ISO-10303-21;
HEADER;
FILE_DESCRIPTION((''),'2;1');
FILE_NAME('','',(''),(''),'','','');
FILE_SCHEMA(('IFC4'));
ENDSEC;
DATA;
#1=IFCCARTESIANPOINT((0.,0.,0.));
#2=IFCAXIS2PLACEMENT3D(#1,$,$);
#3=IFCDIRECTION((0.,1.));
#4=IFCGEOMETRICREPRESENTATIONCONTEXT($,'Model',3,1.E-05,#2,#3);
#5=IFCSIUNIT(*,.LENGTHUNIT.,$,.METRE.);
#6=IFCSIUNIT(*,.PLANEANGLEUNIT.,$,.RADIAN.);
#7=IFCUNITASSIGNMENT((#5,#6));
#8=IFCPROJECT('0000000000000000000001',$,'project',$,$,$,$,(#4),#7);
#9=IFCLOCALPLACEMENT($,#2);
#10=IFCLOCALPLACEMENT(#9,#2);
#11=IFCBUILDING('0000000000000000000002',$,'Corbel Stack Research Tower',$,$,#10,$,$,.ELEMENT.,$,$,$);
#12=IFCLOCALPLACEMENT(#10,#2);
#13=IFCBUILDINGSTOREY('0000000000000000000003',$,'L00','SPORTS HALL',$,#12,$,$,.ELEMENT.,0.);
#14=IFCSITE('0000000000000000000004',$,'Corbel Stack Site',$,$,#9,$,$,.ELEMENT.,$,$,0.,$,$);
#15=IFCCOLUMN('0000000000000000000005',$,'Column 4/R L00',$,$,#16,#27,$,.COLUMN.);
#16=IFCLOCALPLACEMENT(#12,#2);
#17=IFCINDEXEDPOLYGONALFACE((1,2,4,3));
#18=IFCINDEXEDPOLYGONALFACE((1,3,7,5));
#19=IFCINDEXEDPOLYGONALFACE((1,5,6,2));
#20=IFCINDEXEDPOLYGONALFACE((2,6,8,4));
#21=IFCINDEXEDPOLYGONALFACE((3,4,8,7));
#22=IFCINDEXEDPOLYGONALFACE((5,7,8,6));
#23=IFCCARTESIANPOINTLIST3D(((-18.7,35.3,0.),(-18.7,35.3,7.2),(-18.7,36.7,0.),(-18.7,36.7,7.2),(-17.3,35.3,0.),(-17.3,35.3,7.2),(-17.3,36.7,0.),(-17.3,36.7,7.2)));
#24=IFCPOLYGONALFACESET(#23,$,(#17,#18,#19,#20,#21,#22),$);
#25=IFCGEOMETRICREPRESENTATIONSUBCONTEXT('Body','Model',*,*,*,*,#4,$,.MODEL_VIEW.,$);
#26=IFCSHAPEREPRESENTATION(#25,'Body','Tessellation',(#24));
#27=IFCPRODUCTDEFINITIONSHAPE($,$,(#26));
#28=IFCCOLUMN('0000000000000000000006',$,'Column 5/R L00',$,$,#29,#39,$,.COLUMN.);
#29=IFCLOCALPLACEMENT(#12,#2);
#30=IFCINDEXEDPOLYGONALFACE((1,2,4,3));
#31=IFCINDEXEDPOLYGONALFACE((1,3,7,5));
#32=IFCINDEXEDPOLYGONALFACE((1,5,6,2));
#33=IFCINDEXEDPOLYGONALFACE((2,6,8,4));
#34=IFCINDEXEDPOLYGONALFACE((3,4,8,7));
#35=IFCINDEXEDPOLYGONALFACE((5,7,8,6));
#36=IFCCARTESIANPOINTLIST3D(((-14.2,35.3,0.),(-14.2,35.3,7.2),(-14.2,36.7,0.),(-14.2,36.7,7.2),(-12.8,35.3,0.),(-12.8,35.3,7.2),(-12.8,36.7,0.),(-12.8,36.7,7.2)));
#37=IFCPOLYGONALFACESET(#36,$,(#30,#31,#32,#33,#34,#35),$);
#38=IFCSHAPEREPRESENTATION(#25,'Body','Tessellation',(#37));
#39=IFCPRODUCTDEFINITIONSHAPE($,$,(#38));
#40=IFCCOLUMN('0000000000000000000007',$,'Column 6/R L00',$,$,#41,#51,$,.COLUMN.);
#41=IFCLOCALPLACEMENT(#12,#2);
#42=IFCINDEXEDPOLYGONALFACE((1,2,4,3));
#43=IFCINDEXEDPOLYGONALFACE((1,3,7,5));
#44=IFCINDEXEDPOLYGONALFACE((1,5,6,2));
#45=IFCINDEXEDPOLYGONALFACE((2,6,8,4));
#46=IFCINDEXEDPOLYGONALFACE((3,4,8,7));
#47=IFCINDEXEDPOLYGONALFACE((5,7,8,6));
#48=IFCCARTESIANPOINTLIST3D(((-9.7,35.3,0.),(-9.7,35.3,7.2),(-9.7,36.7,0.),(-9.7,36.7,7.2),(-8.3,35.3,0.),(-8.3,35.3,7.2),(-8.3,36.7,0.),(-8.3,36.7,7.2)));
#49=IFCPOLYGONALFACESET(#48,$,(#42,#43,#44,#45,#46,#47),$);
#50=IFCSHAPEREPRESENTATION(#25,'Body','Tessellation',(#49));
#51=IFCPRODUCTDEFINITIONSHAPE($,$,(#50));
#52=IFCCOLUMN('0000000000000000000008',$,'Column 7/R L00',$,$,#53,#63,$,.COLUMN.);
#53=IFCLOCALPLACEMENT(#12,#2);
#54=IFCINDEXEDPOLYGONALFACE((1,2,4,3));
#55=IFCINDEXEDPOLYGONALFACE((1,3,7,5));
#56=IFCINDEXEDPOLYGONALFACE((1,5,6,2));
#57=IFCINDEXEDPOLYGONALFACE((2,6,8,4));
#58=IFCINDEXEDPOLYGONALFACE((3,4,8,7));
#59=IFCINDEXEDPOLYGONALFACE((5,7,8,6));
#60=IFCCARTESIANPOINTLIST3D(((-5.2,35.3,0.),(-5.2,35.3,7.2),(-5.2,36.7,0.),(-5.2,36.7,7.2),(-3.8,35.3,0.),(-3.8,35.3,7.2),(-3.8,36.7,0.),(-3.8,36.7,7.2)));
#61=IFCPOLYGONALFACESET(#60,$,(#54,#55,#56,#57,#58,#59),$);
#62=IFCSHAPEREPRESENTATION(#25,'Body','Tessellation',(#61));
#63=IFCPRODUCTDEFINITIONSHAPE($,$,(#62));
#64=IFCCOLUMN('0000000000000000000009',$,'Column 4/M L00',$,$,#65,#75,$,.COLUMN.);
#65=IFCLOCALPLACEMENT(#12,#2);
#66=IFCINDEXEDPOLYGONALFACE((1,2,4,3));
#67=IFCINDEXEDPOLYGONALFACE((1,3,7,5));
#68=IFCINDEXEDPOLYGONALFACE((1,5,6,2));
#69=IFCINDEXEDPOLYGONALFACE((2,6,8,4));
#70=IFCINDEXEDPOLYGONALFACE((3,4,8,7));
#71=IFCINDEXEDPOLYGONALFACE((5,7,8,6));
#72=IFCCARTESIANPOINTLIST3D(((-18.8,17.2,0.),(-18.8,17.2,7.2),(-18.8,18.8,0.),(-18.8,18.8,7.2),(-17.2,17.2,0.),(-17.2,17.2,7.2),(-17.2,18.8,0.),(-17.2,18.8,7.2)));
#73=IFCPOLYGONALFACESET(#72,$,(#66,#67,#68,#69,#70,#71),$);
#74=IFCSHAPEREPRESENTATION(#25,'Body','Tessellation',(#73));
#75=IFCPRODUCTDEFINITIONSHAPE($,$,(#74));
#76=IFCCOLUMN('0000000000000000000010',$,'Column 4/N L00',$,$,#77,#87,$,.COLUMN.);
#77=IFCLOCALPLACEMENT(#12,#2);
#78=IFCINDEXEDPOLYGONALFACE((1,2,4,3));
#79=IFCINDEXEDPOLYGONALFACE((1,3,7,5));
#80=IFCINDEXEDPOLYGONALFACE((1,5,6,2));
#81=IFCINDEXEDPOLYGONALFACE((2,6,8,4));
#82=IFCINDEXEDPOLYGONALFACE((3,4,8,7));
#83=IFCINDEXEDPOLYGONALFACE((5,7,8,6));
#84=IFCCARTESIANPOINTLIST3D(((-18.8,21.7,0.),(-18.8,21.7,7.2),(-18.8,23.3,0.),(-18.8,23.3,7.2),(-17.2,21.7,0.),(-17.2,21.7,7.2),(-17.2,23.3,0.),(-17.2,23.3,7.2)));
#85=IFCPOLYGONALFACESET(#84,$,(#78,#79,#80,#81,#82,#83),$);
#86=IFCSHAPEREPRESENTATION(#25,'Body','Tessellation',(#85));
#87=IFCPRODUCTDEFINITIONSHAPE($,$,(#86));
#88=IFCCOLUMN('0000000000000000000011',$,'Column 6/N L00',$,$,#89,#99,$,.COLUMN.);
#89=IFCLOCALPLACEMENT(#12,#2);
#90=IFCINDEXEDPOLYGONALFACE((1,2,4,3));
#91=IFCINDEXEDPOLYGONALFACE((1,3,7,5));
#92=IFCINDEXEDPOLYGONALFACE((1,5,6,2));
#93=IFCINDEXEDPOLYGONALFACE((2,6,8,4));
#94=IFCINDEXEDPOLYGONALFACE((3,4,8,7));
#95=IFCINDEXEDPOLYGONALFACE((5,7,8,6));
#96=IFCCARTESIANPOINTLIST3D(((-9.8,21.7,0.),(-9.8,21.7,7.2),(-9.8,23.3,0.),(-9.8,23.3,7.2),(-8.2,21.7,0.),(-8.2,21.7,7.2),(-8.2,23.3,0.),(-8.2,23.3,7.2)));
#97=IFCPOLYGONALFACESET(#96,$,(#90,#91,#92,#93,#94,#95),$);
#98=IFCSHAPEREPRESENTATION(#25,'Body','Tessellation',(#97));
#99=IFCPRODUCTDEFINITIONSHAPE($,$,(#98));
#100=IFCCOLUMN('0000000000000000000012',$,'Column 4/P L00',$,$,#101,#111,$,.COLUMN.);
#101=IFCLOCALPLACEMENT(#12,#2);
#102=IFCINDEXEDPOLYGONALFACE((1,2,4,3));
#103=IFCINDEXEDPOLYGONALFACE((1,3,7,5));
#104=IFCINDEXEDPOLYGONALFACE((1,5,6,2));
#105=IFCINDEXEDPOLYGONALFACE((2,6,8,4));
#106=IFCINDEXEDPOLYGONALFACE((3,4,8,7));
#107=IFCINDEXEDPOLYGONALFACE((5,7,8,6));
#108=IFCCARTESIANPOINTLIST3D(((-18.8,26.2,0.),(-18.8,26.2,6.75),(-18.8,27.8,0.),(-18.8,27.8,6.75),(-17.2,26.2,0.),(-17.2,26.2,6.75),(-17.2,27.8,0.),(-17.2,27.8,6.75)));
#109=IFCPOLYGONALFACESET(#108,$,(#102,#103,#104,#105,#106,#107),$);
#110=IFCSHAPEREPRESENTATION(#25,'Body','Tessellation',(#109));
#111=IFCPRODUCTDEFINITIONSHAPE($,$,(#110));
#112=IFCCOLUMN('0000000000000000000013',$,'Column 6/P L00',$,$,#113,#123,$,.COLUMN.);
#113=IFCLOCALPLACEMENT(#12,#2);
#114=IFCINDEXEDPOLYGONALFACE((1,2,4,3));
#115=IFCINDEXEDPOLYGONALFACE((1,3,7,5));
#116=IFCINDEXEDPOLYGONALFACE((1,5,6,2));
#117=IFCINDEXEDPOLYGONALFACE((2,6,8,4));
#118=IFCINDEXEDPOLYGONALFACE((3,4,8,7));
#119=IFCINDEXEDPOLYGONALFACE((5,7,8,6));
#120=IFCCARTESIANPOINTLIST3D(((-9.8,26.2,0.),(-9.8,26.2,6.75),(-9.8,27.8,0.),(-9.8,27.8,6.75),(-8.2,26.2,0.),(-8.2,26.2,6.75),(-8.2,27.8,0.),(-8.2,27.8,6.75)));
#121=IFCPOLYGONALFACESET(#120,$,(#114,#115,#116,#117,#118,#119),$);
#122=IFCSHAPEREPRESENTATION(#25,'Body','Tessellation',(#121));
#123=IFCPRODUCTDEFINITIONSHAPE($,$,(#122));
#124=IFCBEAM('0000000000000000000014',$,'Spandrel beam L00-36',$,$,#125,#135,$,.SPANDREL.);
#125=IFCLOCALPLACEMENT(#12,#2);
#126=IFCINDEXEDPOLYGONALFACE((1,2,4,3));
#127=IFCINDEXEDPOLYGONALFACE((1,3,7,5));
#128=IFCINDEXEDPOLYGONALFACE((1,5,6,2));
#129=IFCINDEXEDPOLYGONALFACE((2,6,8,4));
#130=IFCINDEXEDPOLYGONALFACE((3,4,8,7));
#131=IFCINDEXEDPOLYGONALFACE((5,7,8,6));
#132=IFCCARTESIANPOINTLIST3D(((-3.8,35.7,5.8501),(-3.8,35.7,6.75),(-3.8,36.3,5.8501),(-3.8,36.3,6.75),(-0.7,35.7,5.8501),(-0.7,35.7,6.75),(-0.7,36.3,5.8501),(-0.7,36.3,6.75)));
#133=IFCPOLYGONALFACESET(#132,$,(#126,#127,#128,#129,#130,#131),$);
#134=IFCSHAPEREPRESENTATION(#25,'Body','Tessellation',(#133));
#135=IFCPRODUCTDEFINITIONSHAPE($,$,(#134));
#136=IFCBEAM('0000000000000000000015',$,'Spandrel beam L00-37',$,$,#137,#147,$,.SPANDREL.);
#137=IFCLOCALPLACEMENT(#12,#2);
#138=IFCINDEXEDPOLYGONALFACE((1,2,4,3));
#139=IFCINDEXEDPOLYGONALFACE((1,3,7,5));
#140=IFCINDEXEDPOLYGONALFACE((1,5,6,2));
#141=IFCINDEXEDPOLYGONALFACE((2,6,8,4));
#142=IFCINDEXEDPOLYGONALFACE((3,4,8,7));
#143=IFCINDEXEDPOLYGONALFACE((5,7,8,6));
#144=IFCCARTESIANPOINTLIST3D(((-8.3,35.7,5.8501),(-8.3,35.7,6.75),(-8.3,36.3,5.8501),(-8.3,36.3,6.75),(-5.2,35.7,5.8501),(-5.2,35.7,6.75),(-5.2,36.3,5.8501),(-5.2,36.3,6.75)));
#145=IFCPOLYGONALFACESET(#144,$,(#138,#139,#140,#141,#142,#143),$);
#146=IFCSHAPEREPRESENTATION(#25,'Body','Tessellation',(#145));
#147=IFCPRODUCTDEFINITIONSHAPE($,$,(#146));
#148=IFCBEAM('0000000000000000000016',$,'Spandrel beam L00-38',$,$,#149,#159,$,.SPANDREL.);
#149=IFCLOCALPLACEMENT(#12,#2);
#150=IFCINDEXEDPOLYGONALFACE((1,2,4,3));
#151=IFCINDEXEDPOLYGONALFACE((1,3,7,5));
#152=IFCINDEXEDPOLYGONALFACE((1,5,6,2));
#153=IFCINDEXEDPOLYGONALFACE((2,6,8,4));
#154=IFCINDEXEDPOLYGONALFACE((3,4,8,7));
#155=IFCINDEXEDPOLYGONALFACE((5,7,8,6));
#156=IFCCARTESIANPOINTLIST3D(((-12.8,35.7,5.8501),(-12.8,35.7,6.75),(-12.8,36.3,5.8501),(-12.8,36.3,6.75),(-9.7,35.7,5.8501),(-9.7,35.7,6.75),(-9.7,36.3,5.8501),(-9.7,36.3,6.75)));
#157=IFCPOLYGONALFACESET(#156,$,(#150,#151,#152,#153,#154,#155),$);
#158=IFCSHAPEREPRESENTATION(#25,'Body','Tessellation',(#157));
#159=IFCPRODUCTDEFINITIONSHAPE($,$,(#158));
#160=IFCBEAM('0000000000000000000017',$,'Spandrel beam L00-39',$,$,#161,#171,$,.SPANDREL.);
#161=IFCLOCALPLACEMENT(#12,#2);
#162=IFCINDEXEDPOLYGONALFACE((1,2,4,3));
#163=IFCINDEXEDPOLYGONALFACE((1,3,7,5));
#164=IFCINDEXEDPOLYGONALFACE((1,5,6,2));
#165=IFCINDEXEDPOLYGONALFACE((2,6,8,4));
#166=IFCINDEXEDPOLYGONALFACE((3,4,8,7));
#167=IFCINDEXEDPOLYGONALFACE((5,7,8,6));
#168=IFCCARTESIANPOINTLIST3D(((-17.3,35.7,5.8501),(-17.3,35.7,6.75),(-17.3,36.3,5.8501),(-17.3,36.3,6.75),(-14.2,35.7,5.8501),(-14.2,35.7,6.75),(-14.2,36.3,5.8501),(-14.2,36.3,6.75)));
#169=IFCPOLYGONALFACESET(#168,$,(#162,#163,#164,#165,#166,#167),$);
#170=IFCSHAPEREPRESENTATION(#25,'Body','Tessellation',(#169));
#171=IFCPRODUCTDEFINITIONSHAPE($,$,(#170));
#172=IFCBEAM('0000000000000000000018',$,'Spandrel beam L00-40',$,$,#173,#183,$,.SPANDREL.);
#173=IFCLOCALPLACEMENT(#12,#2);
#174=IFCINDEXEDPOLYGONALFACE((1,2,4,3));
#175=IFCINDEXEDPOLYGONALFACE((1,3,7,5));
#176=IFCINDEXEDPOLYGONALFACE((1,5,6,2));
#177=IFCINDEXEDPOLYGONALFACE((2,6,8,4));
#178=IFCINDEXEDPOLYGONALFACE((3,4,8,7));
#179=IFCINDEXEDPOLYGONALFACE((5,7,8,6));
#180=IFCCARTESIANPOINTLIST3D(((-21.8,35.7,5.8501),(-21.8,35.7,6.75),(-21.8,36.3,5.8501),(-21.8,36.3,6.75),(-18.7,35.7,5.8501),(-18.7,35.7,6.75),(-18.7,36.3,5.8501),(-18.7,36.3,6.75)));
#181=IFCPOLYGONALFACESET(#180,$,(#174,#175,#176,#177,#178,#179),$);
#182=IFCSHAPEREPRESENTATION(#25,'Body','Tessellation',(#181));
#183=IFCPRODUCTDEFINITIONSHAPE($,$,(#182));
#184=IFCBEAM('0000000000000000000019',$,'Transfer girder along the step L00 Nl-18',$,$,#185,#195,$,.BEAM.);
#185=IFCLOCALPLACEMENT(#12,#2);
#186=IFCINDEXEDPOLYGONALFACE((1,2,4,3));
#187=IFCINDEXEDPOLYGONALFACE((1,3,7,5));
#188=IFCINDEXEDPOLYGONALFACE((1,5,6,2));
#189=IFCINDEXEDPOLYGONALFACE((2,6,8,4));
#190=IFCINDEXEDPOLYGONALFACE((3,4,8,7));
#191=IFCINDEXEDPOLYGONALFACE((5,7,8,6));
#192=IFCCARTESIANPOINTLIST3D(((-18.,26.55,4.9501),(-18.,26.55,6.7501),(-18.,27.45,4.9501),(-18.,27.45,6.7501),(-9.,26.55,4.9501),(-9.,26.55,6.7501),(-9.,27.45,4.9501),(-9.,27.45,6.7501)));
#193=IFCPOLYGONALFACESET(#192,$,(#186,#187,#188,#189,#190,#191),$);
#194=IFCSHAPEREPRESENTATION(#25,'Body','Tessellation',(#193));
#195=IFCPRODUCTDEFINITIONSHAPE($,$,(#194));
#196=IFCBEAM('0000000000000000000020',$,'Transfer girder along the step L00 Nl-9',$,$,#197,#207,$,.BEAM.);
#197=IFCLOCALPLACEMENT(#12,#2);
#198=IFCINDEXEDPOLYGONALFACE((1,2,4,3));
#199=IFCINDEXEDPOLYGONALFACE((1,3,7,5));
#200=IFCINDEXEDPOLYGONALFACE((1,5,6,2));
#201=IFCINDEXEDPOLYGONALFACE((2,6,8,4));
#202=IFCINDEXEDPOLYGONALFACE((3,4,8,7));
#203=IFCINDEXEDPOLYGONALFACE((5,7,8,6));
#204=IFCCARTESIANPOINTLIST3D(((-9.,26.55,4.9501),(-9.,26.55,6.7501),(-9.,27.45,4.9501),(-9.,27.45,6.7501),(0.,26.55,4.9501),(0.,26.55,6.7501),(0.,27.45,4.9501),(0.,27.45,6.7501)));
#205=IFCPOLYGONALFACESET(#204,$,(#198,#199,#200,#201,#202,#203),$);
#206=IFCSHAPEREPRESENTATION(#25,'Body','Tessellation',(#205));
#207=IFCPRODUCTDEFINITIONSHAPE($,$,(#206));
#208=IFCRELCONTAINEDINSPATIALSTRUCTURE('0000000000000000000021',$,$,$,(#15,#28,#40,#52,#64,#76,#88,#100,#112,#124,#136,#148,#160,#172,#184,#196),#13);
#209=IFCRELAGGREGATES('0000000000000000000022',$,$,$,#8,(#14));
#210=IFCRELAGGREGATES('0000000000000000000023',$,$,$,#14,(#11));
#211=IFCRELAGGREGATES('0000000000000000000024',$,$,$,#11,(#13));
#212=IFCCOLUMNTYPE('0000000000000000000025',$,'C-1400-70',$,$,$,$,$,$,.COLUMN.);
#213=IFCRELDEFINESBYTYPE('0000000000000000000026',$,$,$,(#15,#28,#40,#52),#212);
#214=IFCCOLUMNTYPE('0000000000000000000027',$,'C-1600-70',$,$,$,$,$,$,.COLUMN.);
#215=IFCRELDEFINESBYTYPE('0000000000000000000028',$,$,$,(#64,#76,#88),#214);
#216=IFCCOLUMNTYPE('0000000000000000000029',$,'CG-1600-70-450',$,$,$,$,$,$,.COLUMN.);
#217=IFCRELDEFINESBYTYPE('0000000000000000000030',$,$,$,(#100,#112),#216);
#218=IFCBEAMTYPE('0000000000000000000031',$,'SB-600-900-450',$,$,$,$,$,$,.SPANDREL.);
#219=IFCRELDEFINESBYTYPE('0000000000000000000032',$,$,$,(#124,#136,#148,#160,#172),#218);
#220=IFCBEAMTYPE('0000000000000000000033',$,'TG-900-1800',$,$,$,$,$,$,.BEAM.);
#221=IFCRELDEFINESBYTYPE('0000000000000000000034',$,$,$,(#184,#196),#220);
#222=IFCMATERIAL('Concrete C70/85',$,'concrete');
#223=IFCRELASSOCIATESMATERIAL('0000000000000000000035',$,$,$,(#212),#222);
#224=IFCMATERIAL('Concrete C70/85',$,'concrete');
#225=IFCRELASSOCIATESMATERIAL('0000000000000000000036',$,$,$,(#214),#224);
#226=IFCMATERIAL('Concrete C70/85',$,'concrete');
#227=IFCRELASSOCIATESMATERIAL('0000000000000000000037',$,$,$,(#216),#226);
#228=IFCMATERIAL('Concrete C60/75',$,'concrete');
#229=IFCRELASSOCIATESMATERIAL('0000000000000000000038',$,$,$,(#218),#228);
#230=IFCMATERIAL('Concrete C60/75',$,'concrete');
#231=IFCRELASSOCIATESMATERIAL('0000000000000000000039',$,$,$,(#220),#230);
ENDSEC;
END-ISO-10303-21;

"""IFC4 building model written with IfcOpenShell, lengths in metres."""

from ifc_helpers import new_model, si_unit, direction, frame, origin, origin_2d, place, context, subcontext, project, spatial, rectangle, extrude, material, material_profile, profile_set, type_object, element, save


model = new_model("IFC4")

# Units and contexts
model_context = context("Model", 3, precision=1e-05, world=origin(), true_north=direction((0.0, 1.0)))
body_context = subcontext(model_context, "Body", "Model", "MODEL_VIEW")
ifc_project = project(units=[si_unit("LENGTHUNIT", "METRE"), si_unit("PLANEANGLEUNIT", "RADIAN")], contexts=[model_context])

# Site, building, storey
site_placement = place(None, origin())
site = spatial("IfcSite", under=ifc_project, at=site_placement, Name="Corbel Stack Site", CompositionType="ELEMENT", RefElevation=0.0)
building_placement = place(site_placement, origin())
building = spatial("IfcBuilding", under=site, at=building_placement, Name="Corbel Stack Research Tower", CompositionType="ELEMENT")
storey_placement = place(building_placement, origin())
storey = spatial("IfcBuildingStorey", under=building, at=storey_placement, Name="L00", Description="SPORTS HALL", CompositionType="ELEMENT", Elevation=0.0)

# Columns
ifc_material_1 = material(Name="Concrete C70/85", Category="concrete")
ifc_material_profile_1 = material_profile(ifc_material_1, rectangle(XDim=1.3999, YDim=1.3999, at=origin_2d()), Name="RC 1400 x 1400")
ifc_profile_set_1 = profile_set([ifc_material_profile_1], Name="Concrete C70/85")
column_type_1 = type_object("IfcColumnType", Name="C-1400-70", PredefinedType="COLUMN", material=ifc_profile_set_1)
for number, where, z_axis, x_axis, name in (
    (1, (-18.0, 36.0, 0.0), (0.0, 0.0, 1.0), (1.0, 0.0, 0.0), "Column 4/R L00"),
    (2, (-13.5, 36.0, 0.0), (0.0, 0.0, 1.0), (1.0, 0.0, 0.0), "Column 5/R L00"),
    (3, (-9.0, 36.0, 0.0), (0.0, 0.0, 1.0), (1.0, 0.0, 0.0), "Column 6/R L00"),
    (4, (-4.5, 36.0, 0.0), (0.0, 0.0, 1.0), (1.0, 0.0, 0.0), "Column 7/R L00"),
):
    element("IfcColumn", number, at=place(storey_placement, frame(where, z_axis=z_axis, x_axis=x_axis)), inside=storey, type_object=column_type_1, Name=name, PredefinedType="COLUMN", context=body_context, shape_type="SweptSolid", body=[
        extrude(rectangle(XDim=1.3999, YDim=1.3999, at=origin_2d()), origin(), (0.0, 0.0, 1.0), 7.2),
    ])
ifc_material_2 = material(Name="Concrete C70/85", Category="concrete")
ifc_material_profile_2 = material_profile(ifc_material_2, rectangle(XDim=1.6001, YDim=1.6001, at=origin_2d()), Name="RC 1600 x 1600")
ifc_profile_set_2 = profile_set([ifc_material_profile_2], Name="Concrete C70/85")
column_type_2 = type_object("IfcColumnType", Name="C-1600-70", PredefinedType="COLUMN", material=ifc_profile_set_2)
for number, where, z_axis, x_axis, name in (
    (5, (-18.0, 18.0, 0.0), (0.0, 0.0, 1.0), (1.0, 0.0, 0.0), "Column 4/M L00"),
    (6, (-18.0, 22.5, 0.0), (0.0, 0.0, 1.0), (1.0, 0.0, 0.0), "Column 4/N L00"),
    (7, (-9.0, 22.5, 0.0), (0.0, 0.0, 1.0), (1.0, 0.0, 0.0), "Column 6/N L00"),
):
    element("IfcColumn", number, at=place(storey_placement, frame(where, z_axis=z_axis, x_axis=x_axis)), inside=storey, type_object=column_type_2, Name=name, PredefinedType="COLUMN", context=body_context, shape_type="SweptSolid", body=[
        extrude(rectangle(XDim=1.6001, YDim=1.6001, at=origin_2d()), origin(), (0.0, 0.0, 1.0), 7.2),
    ])
ifc_material_3 = material(Name="Concrete C70/85", Category="concrete")
ifc_material_profile_3 = material_profile(ifc_material_3, rectangle(XDim=1.6001, YDim=1.6001, at=origin_2d()), Name="RC 1600 x 1600")
ifc_profile_set_3 = profile_set([ifc_material_profile_3], Name="Concrete C70/85")
column_type_3 = type_object("IfcColumnType", Name="CG-1600-70-450", PredefinedType="COLUMN", material=ifc_profile_set_3)
for number, where, z_axis, x_axis, name in (
    (8, (-18.0, 27.0, 0.0), (0.0, 0.0, 1.0), (1.0, 0.0, 0.0), "Column 4/P L00"),
    (9, (-9.0, 27.0, 0.0), (0.0, 0.0, 1.0), (1.0, 0.0, 0.0), "Column 6/P L00"),
):
    element("IfcColumn", number, at=place(storey_placement, frame(where, z_axis=z_axis, x_axis=x_axis)), inside=storey, type_object=column_type_3, Name=name, PredefinedType="COLUMN", context=body_context, shape_type="SweptSolid", body=[
        extrude(rectangle(XDim=1.6001, YDim=1.6001, at=origin_2d()), origin(), (0.0, 0.0, 1.0), 6.75),
    ])

# Beams
ifc_material_4 = material(Name="Concrete C60/75", Category="concrete")
ifc_material_profile_4 = material_profile(ifc_material_4, rectangle(XDim=0.6001, YDim=0.8999, at=origin_2d()), Name="RC 600 x 900")
ifc_profile_set_4 = profile_set([ifc_material_profile_4], Name="Concrete C60/75")
beam_type_1 = type_object("IfcBeamType", Name="SB-600-900-450", PredefinedType="SPANDREL", material=ifc_profile_set_4)
for number, where, z_axis, x_axis, name in (
    (10, (-0.7, 36.0, 6.3), (-1.0, 0.0, 0.0), (0.0, -1.0, 0.0), "Spandrel beam L00-36"),
    (11, (-5.2, 36.0, 6.3), (-1.0, 0.0, 0.0), (0.0, -1.0, 0.0), "Spandrel beam L00-37"),
    (12, (-9.7, 36.0, 6.3), (-1.0, 0.0, 0.0), (0.0, -1.0, 0.0), "Spandrel beam L00-38"),
    (13, (-14.2, 36.0, 6.3), (-1.0, 0.0, 0.0), (0.0, -1.0, 0.0), "Spandrel beam L00-39"),
    (14, (-18.7, 36.0, 6.3), (-1.0, 0.0, 0.0), (0.0, -1.0, 0.0), "Spandrel beam L00-40"),
):
    element("IfcBeam", number, at=place(storey_placement, frame(where, z_axis=z_axis, x_axis=x_axis)), inside=storey, type_object=beam_type_1, Name=name, PredefinedType="SPANDREL", context=body_context, shape_type="SweptSolid", body=[
        extrude(rectangle(XDim=0.6001, YDim=0.8999, at=origin_2d()), origin(), (0.0, 0.0, 1.0), 3.1001),
    ])
ifc_material_5 = material(Name="Concrete C60/75", Category="concrete")
ifc_material_profile_5 = material_profile(ifc_material_5, rectangle(XDim=0.8999, YDim=1.8, at=origin_2d()), Name="RC 900 x 1800")
ifc_profile_set_5 = profile_set([ifc_material_profile_5], Name="Concrete C60/75")
beam_type_2 = type_object("IfcBeamType", Name="TG-900-1800", PredefinedType="BEAM", material=ifc_profile_set_5)
for number, where, z_axis, x_axis, name in (
    (15, (-18.0, 27.0, 5.8501), (1.0, 0.0, 0.0), (0.0, 1.0, 0.0), "Transfer girder along the step L00 Nl-18"),
    (16, (-9.0, 27.0, 5.8501), (1.0, 0.0, 0.0), (0.0, 1.0, 0.0), "Transfer girder along the step L00 Nl-9"),
):
    element("IfcBeam", number, at=place(storey_placement, frame(where, z_axis=z_axis, x_axis=x_axis)), inside=storey, type_object=beam_type_2, Name=name, PredefinedType="BEAM", context=body_context, shape_type="SweptSolid", body=[
        extrude(rectangle(XDim=0.8999, YDim=1.8, at=origin_2d()), origin(), (0.0, 0.0, 1.0), 9.0),
    ])

save(model, "model.ifc")
